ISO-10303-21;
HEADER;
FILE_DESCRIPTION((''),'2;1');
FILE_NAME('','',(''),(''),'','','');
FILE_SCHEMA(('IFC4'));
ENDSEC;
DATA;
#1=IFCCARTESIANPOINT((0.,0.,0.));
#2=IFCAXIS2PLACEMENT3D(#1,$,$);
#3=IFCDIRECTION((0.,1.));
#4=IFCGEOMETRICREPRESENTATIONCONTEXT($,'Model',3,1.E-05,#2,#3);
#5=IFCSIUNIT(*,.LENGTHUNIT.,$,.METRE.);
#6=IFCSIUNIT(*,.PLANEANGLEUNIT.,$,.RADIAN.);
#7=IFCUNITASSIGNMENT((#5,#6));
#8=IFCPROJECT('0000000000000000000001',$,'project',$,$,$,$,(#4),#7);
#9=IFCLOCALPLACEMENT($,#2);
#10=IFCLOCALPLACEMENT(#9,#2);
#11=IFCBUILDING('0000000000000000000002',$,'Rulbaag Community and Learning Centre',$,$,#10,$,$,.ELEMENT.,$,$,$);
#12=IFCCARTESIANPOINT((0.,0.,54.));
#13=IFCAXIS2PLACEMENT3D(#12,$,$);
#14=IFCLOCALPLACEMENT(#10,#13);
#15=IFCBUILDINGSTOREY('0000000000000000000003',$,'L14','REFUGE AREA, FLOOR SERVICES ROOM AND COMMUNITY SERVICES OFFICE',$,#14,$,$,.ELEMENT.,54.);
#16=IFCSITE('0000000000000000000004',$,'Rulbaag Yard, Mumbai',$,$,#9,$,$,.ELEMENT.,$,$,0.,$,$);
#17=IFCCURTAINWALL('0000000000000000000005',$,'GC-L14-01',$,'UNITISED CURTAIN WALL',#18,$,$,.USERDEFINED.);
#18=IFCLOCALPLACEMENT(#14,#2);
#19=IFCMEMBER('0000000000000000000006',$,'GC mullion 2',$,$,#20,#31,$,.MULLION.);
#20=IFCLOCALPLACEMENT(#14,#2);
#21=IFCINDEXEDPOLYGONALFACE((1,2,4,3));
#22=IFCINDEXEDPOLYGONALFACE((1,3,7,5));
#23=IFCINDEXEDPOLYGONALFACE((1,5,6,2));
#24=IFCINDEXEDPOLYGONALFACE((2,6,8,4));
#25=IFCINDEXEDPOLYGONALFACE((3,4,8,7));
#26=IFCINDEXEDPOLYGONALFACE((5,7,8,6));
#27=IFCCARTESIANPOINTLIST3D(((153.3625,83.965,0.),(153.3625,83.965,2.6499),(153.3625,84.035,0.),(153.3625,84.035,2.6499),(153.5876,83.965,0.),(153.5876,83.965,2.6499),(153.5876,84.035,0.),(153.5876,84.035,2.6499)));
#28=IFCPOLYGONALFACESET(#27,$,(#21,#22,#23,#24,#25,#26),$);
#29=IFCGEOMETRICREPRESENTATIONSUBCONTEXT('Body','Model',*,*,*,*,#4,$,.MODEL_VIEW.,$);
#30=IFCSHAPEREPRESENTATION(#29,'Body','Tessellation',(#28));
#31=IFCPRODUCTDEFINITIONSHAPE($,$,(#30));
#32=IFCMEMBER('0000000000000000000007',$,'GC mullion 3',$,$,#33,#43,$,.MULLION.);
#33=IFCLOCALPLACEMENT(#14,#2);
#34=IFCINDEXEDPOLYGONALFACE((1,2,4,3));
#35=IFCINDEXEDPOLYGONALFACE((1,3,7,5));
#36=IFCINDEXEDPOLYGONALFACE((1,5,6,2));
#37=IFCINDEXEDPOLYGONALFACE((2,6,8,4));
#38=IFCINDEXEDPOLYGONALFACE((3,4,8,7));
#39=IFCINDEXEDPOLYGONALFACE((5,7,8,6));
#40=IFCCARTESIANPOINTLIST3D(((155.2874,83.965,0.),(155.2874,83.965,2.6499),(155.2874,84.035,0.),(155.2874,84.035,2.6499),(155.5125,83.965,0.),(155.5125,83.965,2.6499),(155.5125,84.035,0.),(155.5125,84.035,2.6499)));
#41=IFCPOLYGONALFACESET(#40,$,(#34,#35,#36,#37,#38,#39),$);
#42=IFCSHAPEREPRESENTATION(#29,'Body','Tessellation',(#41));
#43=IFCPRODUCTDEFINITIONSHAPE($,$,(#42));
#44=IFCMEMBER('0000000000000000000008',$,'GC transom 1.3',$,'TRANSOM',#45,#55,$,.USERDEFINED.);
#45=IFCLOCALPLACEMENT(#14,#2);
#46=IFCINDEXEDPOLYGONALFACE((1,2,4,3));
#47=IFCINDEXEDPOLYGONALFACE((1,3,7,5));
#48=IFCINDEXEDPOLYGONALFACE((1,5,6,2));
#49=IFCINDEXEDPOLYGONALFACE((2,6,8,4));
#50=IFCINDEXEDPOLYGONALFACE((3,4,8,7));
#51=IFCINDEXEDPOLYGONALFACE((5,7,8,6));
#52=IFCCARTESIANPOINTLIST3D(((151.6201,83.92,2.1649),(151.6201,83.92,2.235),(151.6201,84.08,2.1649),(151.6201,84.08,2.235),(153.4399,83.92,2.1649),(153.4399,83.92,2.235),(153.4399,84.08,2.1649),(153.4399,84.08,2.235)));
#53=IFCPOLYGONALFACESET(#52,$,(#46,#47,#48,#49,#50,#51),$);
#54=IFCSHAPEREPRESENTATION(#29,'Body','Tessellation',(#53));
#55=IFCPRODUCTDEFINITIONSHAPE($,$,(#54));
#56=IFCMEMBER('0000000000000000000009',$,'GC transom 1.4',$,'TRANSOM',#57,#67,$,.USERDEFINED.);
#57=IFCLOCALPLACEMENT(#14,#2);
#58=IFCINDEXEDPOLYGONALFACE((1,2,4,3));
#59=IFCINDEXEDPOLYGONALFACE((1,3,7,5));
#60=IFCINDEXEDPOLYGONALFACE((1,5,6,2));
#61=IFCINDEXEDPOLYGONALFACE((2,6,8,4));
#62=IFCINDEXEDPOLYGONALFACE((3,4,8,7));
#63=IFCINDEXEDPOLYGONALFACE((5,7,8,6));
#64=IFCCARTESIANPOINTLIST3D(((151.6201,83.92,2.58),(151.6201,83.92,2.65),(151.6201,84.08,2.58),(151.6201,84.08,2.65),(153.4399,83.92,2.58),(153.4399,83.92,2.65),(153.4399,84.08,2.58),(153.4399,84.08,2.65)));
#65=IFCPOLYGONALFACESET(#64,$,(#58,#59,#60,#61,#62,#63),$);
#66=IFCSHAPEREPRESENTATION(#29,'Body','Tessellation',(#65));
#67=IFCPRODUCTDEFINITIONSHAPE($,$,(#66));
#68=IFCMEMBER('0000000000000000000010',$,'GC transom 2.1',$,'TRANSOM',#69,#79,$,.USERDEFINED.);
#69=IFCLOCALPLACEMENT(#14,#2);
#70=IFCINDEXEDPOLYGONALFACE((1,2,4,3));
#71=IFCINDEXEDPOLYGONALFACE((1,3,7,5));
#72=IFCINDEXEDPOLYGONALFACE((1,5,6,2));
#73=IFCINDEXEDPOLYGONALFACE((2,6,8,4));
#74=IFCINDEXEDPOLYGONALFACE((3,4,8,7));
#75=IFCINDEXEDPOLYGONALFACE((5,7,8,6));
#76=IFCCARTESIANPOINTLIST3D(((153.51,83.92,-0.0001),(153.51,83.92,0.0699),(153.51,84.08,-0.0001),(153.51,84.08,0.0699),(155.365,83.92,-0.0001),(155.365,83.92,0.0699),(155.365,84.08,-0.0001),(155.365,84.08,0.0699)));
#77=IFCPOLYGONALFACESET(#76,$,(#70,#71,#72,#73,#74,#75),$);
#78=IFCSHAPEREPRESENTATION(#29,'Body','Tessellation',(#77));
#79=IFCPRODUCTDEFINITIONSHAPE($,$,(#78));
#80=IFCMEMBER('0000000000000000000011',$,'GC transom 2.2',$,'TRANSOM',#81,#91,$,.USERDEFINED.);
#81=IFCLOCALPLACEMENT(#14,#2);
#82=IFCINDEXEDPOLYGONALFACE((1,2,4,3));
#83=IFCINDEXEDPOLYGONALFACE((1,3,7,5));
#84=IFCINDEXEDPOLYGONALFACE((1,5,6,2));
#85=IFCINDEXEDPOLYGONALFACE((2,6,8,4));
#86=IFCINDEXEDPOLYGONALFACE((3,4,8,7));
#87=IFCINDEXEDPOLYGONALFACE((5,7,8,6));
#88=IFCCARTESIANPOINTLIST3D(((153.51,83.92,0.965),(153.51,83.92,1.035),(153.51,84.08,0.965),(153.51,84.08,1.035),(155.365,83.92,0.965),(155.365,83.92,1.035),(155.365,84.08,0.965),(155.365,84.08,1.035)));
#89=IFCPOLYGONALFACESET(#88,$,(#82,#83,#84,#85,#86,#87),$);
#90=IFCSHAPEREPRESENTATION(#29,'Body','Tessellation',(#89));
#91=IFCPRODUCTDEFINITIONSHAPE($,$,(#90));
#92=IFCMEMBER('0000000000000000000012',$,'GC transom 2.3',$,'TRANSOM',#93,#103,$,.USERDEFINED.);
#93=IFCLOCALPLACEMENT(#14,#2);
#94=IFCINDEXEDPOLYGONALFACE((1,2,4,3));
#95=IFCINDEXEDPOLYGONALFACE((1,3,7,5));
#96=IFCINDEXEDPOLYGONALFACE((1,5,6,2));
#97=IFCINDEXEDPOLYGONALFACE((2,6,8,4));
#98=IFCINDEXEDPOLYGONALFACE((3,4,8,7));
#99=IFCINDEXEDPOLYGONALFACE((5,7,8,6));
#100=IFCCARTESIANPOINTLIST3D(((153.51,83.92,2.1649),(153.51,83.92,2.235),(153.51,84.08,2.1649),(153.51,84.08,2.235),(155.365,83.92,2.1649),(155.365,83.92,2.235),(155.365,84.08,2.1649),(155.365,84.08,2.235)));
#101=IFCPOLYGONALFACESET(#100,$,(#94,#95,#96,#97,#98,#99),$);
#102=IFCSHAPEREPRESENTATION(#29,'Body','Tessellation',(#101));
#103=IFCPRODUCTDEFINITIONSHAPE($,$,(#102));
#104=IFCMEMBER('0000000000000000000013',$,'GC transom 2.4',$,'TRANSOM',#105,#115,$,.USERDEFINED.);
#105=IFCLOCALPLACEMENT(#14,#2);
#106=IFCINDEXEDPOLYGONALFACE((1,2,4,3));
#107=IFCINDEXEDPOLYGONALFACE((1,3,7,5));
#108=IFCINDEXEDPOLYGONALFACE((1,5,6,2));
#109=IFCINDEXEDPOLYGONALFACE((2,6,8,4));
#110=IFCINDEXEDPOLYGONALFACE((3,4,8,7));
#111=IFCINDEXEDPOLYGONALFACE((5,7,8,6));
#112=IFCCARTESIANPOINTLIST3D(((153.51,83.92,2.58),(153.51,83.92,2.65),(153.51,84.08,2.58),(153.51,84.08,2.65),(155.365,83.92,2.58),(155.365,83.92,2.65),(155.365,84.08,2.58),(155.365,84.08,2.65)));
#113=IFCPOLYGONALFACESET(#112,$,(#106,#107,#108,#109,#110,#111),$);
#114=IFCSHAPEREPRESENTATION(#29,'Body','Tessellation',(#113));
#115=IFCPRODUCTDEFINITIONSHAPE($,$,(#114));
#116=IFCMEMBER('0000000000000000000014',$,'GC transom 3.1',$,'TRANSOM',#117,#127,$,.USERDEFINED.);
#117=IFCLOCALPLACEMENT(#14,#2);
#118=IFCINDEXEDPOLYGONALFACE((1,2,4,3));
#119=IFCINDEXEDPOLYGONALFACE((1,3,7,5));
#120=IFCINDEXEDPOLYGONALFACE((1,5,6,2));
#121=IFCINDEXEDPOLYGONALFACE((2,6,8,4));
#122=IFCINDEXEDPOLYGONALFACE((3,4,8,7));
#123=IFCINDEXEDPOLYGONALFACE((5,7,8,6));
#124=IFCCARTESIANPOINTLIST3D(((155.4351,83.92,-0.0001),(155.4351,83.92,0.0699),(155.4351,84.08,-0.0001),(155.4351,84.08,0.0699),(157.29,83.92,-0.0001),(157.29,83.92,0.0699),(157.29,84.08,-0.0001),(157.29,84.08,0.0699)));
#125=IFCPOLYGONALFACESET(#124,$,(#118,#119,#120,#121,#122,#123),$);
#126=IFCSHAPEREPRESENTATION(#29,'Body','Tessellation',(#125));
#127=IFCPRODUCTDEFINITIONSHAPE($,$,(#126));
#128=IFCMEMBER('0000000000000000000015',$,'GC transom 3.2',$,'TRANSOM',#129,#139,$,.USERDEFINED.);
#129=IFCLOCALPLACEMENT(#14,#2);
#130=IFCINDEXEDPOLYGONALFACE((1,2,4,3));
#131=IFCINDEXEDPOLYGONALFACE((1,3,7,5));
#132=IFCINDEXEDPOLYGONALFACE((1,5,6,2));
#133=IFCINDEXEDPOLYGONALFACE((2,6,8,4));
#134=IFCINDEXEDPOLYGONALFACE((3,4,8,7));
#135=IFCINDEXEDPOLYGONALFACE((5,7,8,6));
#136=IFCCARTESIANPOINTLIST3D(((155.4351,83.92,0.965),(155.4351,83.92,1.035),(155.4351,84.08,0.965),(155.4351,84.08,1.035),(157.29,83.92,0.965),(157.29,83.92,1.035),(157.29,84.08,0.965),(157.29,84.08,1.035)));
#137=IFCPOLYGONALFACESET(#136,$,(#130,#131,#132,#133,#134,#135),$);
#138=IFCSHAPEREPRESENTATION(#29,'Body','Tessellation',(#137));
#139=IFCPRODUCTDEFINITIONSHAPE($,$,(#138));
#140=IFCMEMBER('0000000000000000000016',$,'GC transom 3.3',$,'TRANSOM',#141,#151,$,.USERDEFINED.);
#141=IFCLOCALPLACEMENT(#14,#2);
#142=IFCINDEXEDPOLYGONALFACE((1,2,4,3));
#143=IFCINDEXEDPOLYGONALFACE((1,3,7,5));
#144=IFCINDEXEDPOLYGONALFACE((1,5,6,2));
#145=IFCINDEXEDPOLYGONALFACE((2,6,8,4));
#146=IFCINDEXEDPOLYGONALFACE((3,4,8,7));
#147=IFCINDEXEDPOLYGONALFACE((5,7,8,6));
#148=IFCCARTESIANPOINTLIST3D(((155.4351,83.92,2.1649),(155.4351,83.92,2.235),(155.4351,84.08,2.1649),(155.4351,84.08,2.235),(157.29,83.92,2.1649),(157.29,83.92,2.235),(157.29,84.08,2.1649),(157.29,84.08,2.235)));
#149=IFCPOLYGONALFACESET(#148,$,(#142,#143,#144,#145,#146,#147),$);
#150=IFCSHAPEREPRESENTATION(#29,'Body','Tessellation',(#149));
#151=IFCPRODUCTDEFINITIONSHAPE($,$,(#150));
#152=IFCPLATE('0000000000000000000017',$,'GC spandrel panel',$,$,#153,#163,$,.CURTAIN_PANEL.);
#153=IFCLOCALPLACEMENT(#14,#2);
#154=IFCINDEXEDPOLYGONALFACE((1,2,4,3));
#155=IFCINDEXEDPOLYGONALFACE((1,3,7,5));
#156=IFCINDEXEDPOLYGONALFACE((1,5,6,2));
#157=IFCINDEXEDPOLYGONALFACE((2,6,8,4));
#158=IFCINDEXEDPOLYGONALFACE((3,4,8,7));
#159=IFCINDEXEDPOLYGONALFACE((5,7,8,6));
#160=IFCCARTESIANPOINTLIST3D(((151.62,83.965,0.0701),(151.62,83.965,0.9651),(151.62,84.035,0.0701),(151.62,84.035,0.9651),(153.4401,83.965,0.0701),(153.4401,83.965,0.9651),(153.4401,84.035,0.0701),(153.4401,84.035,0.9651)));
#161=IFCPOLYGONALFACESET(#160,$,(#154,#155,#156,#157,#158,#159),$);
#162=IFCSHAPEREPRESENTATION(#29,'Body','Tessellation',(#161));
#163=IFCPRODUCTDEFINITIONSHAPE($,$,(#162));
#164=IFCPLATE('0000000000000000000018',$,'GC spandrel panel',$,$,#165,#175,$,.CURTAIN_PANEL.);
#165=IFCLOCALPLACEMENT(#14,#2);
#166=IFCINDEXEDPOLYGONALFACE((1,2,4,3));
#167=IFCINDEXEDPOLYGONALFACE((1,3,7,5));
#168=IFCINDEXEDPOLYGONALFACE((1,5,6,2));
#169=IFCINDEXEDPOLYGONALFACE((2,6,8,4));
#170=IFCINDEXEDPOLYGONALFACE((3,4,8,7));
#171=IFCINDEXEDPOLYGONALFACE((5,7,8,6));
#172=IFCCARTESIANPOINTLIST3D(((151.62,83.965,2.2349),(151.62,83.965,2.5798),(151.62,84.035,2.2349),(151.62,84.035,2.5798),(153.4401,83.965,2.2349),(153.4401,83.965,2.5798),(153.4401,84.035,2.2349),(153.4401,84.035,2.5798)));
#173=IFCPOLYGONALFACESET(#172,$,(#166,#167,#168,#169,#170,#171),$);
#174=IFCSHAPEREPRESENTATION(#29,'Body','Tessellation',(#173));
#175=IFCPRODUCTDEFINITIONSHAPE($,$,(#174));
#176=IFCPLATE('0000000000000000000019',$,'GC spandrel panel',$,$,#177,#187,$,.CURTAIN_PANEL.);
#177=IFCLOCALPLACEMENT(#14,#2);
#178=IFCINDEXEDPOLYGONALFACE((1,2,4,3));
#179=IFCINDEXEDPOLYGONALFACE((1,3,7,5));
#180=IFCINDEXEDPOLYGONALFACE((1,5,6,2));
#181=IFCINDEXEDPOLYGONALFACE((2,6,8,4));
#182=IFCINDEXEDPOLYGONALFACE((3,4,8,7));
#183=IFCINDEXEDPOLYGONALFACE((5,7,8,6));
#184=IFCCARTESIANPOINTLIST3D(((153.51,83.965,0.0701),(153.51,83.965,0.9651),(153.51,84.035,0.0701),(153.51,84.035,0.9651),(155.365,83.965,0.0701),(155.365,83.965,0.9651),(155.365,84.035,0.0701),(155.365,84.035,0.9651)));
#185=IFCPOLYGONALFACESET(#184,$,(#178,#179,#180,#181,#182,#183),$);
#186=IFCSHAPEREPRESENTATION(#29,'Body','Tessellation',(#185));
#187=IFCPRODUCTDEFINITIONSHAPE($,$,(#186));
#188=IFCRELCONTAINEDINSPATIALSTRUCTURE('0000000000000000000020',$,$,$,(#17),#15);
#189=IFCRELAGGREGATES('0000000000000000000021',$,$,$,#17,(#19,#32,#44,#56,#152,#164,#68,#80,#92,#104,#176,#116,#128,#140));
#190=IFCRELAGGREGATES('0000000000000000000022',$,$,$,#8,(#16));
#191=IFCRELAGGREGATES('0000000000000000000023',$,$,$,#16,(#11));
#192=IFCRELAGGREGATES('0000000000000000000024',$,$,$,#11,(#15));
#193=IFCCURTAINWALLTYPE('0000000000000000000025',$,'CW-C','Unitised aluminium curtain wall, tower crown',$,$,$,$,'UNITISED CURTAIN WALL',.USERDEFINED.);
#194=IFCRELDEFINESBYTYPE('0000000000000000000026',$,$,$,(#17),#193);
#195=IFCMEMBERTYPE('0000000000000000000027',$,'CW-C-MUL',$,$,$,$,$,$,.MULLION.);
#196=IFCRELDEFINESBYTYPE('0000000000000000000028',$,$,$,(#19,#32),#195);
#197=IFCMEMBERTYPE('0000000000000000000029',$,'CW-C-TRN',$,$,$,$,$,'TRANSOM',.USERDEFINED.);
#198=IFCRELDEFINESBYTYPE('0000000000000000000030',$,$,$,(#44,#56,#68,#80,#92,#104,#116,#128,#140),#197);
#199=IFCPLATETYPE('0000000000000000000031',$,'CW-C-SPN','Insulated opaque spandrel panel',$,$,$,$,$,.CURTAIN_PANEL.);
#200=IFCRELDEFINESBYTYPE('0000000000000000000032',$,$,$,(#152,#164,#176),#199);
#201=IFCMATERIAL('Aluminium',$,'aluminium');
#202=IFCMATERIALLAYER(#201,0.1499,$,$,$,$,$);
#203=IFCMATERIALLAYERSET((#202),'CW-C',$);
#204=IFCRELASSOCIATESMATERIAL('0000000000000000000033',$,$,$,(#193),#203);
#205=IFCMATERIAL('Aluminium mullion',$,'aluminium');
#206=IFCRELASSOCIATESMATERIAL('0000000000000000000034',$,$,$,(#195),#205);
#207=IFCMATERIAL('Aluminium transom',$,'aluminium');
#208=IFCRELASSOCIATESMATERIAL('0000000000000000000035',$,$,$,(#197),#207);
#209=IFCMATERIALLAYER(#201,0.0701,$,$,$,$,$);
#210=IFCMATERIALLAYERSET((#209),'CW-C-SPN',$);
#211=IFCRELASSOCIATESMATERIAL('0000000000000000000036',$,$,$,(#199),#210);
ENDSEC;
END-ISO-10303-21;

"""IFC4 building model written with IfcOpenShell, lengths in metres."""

from ifc_helpers import new_model, si_unit, direction, frame, origin, origin_2d, place, context, subcontext, project, spatial, rectangle, extrude, material, layer, layer_set, material_profile, profile_set, type_object, element, aggregate, save


model = new_model("IFC4")

# Units and contexts
model_context = context("Model", 3, precision=1e-05, world=origin(), true_north=direction((0.0, 1.0)))
body_context = subcontext(model_context, "Body", "Model", "MODEL_VIEW")
ifc_project = project(units=[si_unit("LENGTHUNIT", "METRE"), si_unit("PLANEANGLEUNIT", "RADIAN")], contexts=[model_context])

# Site, building, storey
site_placement = place(None, origin())
site = spatial("IfcSite", under=ifc_project, at=site_placement, Name="Rulbaag Yard, Mumbai", CompositionType="ELEMENT", RefElevation=0.0)
building_placement = place(site_placement, origin())
building = spatial("IfcBuilding", under=site, at=building_placement, Name="Rulbaag Community and Learning Centre", CompositionType="ELEMENT")
storey_placement = place(building_placement, frame((0.0, 0.0, 54.0)))
storey = spatial("IfcBuildingStorey", under=building, at=storey_placement, Name="L14", Description="REFUGE AREA, FLOOR SERVICES ROOM AND COMMUNITY SERVICES OFFICE", CompositionType="ELEMENT", Elevation=54.0)

# Curtain wall, members, plates
ifc_material_1 = material(Name="Aluminium", Category="aluminium")
ifc_layer_1 = layer(ifc_material_1, 0.1499)
ifc_layer_set_1 = layer_set([ifc_layer_1], Name="CW-C")
curtain_wall_type = type_object("IfcCurtainWallType", Name="CW-C", Description="Unitised aluminium curtain wall, tower crown", ElementType="UNITISED CURTAIN WALL", PredefinedType="USERDEFINED", material=ifc_layer_set_1)
curtain_wall_placement = place(storey_placement, origin())
curtain_wall = element("IfcCurtainWall", 1, at=curtain_wall_placement, inside=storey, type_object=curtain_wall_type, Name="GC-L14-01", ObjectType="UNITISED CURTAIN WALL", PredefinedType="USERDEFINED")
ifc_material_2 = material(Name="Aluminium mullion", Category="aluminium")
ifc_material_profile_1 = material_profile(ifc_material_2, rectangle(XDim=0.0701, YDim=0.2251, at=origin_2d()), Name="AL 70x225")
ifc_profile_set_1 = profile_set([ifc_material_profile_1], Name="Aluminium mullion")
member_type_1 = type_object("IfcMemberType", Name="CW-C-MUL", PredefinedType="MULLION", material=ifc_profile_set_1)
member_1_placement = place(storey_placement, frame((153.4751, 84.0, 0.0), z_axis=(0.0, 0.0, 1.0), x_axis=(0.0, 1.0, 0.0)))
member_1 = element("IfcMember", 2, at=member_1_placement, type_object=member_type_1, Name="GC mullion 2", PredefinedType="MULLION", context=body_context, shape_type="SweptSolid", body=[
    extrude(rectangle(XDim=0.0701, YDim=0.2251, at=origin_2d()), origin(), (0.0, 0.0, 1.0), 2.6499),
])
member_2_placement = place(storey_placement, frame((155.3999, 84.0, 0.0), z_axis=(0.0, 0.0, 1.0), x_axis=(0.0, 1.0, 0.0)))
member_2 = element("IfcMember", 3, at=member_2_placement, type_object=member_type_1, Name="GC mullion 3", PredefinedType="MULLION", context=body_context, shape_type="SweptSolid", body=[
    extrude(rectangle(XDim=0.0701, YDim=0.2251, at=origin_2d()), origin(), (0.0, 0.0, 1.0), 2.6499),
])
ifc_material_3 = material(Name="Aluminium transom", Category="aluminium")
ifc_material_profile_2 = material_profile(ifc_material_3, rectangle(XDim=0.1599, YDim=0.0701, at=origin_2d()), Name="AL 70x160 T")
ifc_profile_set_2 = profile_set([ifc_material_profile_2], Name="Aluminium transom")
member_type_2 = type_object("IfcMemberType", Name="CW-C-TRN", ElementType="TRANSOM", PredefinedType="USERDEFINED", material=ifc_profile_set_2)
member_3_placement = place(storey_placement, frame((151.6201, 84.0, 2.2), z_axis=(1.0, 0.0, 0.0), x_axis=(0.0, 1.0, 0.0)))
member_3 = element("IfcMember", 4, at=member_3_placement, type_object=member_type_2, Name="GC transom 1.3", ObjectType="TRANSOM", PredefinedType="USERDEFINED", context=body_context, shape_type="SweptSolid", body=[
    extrude(rectangle(XDim=0.1599, YDim=0.0701, at=origin_2d()), origin(), (0.0, 0.0, 1.0), 1.8198),
])
member_4_placement = place(storey_placement, frame((151.6201, 84.0, 2.615), z_axis=(1.0, 0.0, 0.0), x_axis=(0.0, 1.0, 0.0)))
member_4 = element("IfcMember", 5, at=member_4_placement, type_object=member_type_2, Name="GC transom 1.4", ObjectType="TRANSOM", PredefinedType="USERDEFINED", context=body_context, shape_type="SweptSolid", body=[
    extrude(rectangle(XDim=0.1599, YDim=0.0701, at=origin_2d()), origin(), (0.0, 0.0, 1.0), 1.8198),
])
member_5_placement = place(storey_placement, frame((153.51, 84.0, 0.0349), z_axis=(1.0, 0.0, 0.0), x_axis=(0.0, 1.0, 0.0)))
member_5 = element("IfcMember", 6, at=member_5_placement, type_object=member_type_2, Name="GC transom 2.1", ObjectType="TRANSOM", PredefinedType="USERDEFINED", context=body_context, shape_type="SweptSolid", body=[
    extrude(rectangle(XDim=0.1599, YDim=0.0701, at=origin_2d()), origin(), (0.0, 0.0, 1.0), 1.855),
])
member_6_placement = place(storey_placement, frame((153.51, 84.0, 1.0), z_axis=(1.0, 0.0, 0.0), x_axis=(0.0, 1.0, 0.0)))
member_6 = element("IfcMember", 7, at=member_6_placement, type_object=member_type_2, Name="GC transom 2.2", ObjectType="TRANSOM", PredefinedType="USERDEFINED", context=body_context, shape_type="SweptSolid", body=[
    extrude(rectangle(XDim=0.1599, YDim=0.0701, at=origin_2d()), origin(), (0.0, 0.0, 1.0), 1.855),
])
member_7_placement = place(storey_placement, frame((153.51, 84.0, 2.2), z_axis=(1.0, 0.0, 0.0), x_axis=(0.0, 1.0, 0.0)))
member_7 = element("IfcMember", 8, at=member_7_placement, type_object=member_type_2, Name="GC transom 2.3", ObjectType="TRANSOM", PredefinedType="USERDEFINED", context=body_context, shape_type="SweptSolid", body=[
    extrude(rectangle(XDim=0.1599, YDim=0.0701, at=origin_2d()), origin(), (0.0, 0.0, 1.0), 1.855),
])
member_8_placement = place(storey_placement, frame((153.51, 84.0, 2.615), z_axis=(1.0, 0.0, 0.0), x_axis=(0.0, 1.0, 0.0)))
member_8 = element("IfcMember", 9, at=member_8_placement, type_object=member_type_2, Name="GC transom 2.4", ObjectType="TRANSOM", PredefinedType="USERDEFINED", context=body_context, shape_type="SweptSolid", body=[
    extrude(rectangle(XDim=0.1599, YDim=0.0701, at=origin_2d()), origin(), (0.0, 0.0, 1.0), 1.855),
])
member_9_placement = place(storey_placement, frame((155.4351, 84.0, 0.0349), z_axis=(1.0, 0.0, 0.0), x_axis=(0.0, 1.0, 0.0)))
member_9 = element("IfcMember", 10, at=member_9_placement, type_object=member_type_2, Name="GC transom 3.1", ObjectType="TRANSOM", PredefinedType="USERDEFINED", context=body_context, shape_type="SweptSolid", body=[
    extrude(rectangle(XDim=0.1599, YDim=0.0701, at=origin_2d()), origin(), (0.0, 0.0, 1.0), 1.855),
])
member_10_placement = place(storey_placement, frame((155.4351, 84.0, 1.0), z_axis=(1.0, 0.0, 0.0), x_axis=(0.0, 1.0, 0.0)))
member_10 = element("IfcMember", 11, at=member_10_placement, type_object=member_type_2, Name="GC transom 3.2", ObjectType="TRANSOM", PredefinedType="USERDEFINED", context=body_context, shape_type="SweptSolid", body=[
    extrude(rectangle(XDim=0.1599, YDim=0.0701, at=origin_2d()), origin(), (0.0, 0.0, 1.0), 1.855),
])
member_11_placement = place(storey_placement, frame((155.4351, 84.0, 2.2), z_axis=(1.0, 0.0, 0.0), x_axis=(0.0, 1.0, 0.0)))
member_11 = element("IfcMember", 12, at=member_11_placement, type_object=member_type_2, Name="GC transom 3.3", ObjectType="TRANSOM", PredefinedType="USERDEFINED", context=body_context, shape_type="SweptSolid", body=[
    extrude(rectangle(XDim=0.1599, YDim=0.0701, at=origin_2d()), origin(), (0.0, 0.0, 1.0), 1.855),
])
ifc_layer_2 = layer(ifc_material_1, 0.0701)
ifc_layer_set_2 = layer_set([ifc_layer_2], Name="CW-C-SPN")
plate_type_1 = type_object("IfcPlateType", Name="CW-C-SPN", Description="Insulated opaque spandrel panel", PredefinedType="CURTAIN_PANEL", material=ifc_layer_set_2)
plate_1_placement = place(storey_placement, frame((152.53, 84.0, 0.0701), z_axis=(0.0, 0.0, 1.0), x_axis=(1.0, 0.0, 0.0)))
plate_1 = element("IfcPlate", 13, at=plate_1_placement, type_object=plate_type_1, Name="GC spandrel panel", PredefinedType="CURTAIN_PANEL", context=body_context, shape_type="SweptSolid", body=[
    extrude(rectangle(XDim=1.8201, YDim=0.0701, at=origin_2d()), origin(), (0.0, 0.0, 1.0), 0.895),
])
plate_2_placement = place(storey_placement, frame((152.53, 84.0, 2.2349), z_axis=(0.0, 0.0, 1.0), x_axis=(1.0, 0.0, 0.0)))
plate_2 = element("IfcPlate", 14, at=plate_2_placement, type_object=plate_type_1, Name="GC spandrel panel", PredefinedType="CURTAIN_PANEL", context=body_context, shape_type="SweptSolid", body=[
    extrude(rectangle(XDim=1.8201, YDim=0.0701, at=origin_2d()), origin(), (0.0, 0.0, 1.0), 0.345),
])
plate_3_placement = place(storey_placement, frame((154.4375, 84.0, 0.0701), z_axis=(0.0, 0.0, 1.0), x_axis=(1.0, 0.0, 0.0)))
plate_3 = element("IfcPlate", 15, at=plate_3_placement, type_object=plate_type_1, Name="GC spandrel panel", PredefinedType="CURTAIN_PANEL", context=body_context, shape_type="SweptSolid", body=[
    extrude(rectangle(XDim=1.855, YDim=0.0701, at=origin_2d()), origin(), (0.0, 0.0, 1.0), 0.895),
])
aggregate(curtain_wall, [member_1, member_2, member_3, member_4, plate_1, plate_2, member_5, member_6, member_7, member_8, plate_3, member_9, member_10, member_11])

save(model, "model.ifc")
